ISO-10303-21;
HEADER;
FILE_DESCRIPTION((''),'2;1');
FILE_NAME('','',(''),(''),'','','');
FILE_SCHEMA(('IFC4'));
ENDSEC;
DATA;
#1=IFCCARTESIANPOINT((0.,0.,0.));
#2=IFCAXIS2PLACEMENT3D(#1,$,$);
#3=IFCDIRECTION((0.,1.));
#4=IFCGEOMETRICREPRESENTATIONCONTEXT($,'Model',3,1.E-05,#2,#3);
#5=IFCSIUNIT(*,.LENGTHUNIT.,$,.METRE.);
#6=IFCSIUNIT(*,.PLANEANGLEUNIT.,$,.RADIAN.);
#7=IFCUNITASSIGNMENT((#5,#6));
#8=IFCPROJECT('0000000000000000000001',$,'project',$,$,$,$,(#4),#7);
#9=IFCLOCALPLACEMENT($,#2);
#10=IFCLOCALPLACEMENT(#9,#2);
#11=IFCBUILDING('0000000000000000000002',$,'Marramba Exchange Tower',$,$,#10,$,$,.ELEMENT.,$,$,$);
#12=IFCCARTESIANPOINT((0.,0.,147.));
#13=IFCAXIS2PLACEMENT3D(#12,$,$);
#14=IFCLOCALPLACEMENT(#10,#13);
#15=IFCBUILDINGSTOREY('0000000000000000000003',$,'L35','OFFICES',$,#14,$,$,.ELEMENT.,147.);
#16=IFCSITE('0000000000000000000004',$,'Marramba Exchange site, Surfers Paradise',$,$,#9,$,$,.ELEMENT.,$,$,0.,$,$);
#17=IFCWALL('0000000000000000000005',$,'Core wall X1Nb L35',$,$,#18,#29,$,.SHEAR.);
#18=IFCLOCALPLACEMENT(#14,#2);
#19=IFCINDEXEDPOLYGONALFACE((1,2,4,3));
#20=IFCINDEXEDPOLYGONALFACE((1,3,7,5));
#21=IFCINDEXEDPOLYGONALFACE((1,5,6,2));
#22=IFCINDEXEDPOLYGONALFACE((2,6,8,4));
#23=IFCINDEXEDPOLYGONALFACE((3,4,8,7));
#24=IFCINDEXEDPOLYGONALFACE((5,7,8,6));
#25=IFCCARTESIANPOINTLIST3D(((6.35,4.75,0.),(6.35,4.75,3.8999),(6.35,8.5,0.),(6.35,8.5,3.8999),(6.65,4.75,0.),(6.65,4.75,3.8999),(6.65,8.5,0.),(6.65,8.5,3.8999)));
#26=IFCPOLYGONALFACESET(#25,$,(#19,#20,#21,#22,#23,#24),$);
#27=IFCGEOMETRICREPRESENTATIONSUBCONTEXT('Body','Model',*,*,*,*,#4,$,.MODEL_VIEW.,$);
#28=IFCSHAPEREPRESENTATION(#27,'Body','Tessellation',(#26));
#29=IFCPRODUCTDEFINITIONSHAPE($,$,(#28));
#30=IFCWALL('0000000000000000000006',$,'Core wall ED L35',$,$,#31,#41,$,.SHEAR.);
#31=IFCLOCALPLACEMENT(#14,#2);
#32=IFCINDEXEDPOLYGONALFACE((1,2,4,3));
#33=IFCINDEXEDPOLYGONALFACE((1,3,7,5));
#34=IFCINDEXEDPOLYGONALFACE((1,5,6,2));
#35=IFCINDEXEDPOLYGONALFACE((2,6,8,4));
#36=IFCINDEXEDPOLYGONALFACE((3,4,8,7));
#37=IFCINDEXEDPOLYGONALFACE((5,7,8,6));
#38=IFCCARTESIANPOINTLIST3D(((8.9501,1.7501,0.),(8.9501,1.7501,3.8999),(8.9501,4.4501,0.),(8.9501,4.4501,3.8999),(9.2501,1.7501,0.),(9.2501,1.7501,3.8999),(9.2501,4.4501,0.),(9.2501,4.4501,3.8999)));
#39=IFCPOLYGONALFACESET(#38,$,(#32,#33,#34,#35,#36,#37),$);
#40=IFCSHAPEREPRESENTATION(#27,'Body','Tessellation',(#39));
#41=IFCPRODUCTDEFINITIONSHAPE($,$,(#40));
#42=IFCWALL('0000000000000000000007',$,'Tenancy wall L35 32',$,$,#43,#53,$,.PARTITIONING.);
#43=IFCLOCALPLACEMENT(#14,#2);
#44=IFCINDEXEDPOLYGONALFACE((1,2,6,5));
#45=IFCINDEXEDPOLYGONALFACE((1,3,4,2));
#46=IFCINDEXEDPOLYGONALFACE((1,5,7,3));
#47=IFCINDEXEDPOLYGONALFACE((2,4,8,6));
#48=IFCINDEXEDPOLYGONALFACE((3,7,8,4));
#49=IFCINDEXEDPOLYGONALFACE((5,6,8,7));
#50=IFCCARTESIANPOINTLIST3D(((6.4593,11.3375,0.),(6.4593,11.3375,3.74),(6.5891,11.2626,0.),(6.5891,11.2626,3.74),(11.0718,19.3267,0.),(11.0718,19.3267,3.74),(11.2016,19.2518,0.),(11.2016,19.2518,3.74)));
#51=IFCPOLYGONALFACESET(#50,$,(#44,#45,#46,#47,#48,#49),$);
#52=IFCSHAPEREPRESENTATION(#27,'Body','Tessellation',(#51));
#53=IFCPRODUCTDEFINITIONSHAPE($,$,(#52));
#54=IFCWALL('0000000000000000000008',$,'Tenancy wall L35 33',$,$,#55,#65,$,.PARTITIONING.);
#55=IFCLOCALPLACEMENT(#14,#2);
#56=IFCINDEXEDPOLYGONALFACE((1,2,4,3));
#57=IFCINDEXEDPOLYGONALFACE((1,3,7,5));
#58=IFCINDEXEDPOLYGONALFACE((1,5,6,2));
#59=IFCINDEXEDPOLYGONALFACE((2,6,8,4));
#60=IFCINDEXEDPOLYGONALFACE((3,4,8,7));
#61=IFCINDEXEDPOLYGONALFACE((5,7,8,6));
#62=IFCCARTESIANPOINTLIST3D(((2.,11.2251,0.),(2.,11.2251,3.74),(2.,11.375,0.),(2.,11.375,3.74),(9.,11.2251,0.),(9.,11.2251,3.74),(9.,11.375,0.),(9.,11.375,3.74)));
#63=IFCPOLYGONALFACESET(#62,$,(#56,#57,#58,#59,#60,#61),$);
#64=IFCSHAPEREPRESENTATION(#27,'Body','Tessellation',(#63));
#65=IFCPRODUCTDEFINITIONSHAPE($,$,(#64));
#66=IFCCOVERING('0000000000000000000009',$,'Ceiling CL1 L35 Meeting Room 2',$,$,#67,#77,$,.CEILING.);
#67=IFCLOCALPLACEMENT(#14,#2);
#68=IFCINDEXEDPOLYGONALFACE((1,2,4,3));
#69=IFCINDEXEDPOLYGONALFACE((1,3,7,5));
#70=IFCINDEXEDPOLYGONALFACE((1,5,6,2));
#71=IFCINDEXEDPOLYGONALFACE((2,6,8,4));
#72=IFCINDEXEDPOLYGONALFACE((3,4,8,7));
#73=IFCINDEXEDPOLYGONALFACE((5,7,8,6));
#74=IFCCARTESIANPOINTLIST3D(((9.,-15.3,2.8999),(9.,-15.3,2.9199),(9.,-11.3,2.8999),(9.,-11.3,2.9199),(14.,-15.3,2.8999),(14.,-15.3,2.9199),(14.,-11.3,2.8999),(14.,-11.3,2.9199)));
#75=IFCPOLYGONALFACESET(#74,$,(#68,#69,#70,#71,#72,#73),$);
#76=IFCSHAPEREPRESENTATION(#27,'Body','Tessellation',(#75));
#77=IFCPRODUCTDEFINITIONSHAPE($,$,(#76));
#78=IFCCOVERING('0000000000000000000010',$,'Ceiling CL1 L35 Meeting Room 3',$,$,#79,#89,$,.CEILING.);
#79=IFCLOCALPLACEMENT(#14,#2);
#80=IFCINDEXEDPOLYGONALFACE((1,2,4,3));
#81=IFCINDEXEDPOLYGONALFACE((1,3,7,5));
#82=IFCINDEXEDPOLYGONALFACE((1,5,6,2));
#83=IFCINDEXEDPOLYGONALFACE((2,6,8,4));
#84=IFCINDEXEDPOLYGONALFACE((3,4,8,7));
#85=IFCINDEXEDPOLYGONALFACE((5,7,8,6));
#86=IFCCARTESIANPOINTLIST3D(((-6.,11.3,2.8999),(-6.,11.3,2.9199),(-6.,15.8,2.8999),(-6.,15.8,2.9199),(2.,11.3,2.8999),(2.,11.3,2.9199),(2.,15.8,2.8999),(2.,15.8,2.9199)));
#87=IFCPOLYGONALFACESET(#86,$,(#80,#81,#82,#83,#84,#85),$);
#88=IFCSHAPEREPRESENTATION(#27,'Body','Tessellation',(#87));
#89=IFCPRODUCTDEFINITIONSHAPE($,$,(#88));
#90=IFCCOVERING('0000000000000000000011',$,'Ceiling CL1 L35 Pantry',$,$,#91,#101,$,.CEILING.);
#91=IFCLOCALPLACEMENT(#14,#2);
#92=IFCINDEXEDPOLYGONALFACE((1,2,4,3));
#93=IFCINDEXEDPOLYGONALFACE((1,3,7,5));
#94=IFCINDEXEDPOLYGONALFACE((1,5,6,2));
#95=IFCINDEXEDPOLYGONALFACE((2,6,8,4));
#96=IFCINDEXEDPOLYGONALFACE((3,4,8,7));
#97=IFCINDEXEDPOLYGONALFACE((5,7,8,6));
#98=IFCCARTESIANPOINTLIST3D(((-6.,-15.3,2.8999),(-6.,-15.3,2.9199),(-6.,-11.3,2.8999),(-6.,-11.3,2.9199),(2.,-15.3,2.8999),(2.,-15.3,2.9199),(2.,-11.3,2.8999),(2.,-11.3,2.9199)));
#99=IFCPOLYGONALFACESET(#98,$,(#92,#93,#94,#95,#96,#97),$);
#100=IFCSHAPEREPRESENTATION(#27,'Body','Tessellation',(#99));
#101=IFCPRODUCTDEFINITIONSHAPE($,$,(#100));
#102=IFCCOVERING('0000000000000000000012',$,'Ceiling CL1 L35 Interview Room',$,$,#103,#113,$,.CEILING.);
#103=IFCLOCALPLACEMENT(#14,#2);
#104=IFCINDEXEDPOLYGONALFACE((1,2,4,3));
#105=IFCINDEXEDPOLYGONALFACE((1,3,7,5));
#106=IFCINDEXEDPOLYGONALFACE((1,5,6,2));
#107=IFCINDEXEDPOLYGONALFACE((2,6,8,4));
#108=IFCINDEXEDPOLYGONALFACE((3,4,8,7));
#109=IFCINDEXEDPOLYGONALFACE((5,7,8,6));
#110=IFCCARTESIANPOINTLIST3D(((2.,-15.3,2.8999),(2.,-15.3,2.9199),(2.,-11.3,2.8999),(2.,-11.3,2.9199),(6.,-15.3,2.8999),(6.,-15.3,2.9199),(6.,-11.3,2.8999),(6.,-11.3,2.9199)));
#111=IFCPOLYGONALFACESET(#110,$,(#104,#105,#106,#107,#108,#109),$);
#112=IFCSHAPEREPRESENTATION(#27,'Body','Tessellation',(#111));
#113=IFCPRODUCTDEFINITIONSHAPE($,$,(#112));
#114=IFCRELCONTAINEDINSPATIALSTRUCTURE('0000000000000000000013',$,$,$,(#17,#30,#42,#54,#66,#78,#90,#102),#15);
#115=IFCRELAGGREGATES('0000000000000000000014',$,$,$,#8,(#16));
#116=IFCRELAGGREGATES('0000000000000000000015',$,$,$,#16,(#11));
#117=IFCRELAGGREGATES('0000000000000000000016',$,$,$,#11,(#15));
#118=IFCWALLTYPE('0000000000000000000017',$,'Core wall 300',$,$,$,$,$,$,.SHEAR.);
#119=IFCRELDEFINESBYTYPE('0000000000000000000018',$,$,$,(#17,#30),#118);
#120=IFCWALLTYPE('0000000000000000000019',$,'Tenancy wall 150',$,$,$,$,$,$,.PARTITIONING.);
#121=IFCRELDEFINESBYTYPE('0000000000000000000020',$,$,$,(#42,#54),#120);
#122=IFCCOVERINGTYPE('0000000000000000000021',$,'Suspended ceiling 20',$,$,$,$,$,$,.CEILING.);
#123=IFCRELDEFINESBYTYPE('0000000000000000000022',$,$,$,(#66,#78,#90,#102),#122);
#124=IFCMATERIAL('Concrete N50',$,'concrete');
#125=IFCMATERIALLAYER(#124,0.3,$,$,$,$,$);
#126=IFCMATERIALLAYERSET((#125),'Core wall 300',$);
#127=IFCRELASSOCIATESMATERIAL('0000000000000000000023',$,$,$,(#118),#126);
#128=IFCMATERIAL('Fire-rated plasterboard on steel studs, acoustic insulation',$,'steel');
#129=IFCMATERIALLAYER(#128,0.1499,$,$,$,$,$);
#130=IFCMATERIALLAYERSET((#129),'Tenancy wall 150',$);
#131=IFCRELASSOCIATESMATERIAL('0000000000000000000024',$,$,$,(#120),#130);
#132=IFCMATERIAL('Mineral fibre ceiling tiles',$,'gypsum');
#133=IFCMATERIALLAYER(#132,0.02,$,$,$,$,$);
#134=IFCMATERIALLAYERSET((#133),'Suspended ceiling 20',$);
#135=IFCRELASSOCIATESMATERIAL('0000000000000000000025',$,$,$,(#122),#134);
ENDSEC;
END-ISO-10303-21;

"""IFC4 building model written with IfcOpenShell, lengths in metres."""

from ifc_helpers import new_model, si_unit, direction, frame, frame_2d, origin, place, context, subcontext, project, spatial, polyline, rectangle, outline, extrude, material, layer, layer_set, type_object, element, save


model = new_model("IFC4")

# Units and contexts
model_context = context("Model", 3, precision=1e-05, world=origin(), true_north=direction((0.0, 1.0)))
body_context = subcontext(model_context, "Body", "Model", "MODEL_VIEW")
ifc_project = project(units=[si_unit("LENGTHUNIT", "METRE"), si_unit("PLANEANGLEUNIT", "RADIAN")], contexts=[model_context])

# Site, building, storey
site_placement = place(None, origin())
site = spatial("IfcSite", under=ifc_project, at=site_placement, Name="Marramba Exchange site, Surfers Paradise", CompositionType="ELEMENT", RefElevation=0.0)
building_placement = place(site_placement, origin())
building = spatial("IfcBuilding", under=site, at=building_placement, Name="Marramba Exchange Tower", CompositionType="ELEMENT")
storey_placement = place(building_placement, frame((0.0, 0.0, 147.0)))
storey = spatial("IfcBuildingStorey", under=building, at=storey_placement, Name="L35", Description="OFFICES", CompositionType="ELEMENT", Elevation=147.0)

# Shared definitions
ifc_material_1 = material(Name="Concrete N50", Category="concrete")

# Walls
ifc_layer_1 = layer(ifc_material_1, 0.3)
ifc_layer_set_1 = layer_set([ifc_layer_1], Name="Core wall 300")
wall_type_1 = type_object("IfcWallType", Name="Core wall 300", PredefinedType="SHEAR", material=ifc_layer_set_1)
wall_1_placement = place(storey_placement, frame((6.5, 4.75, 0.0), z_axis=(0.0, 0.0, 1.0), x_axis=(0.0, 1.0, 0.0)))
element("IfcWall", 1, at=wall_1_placement, inside=storey, type_object=wall_type_1, Name="Core wall X1Nb L35", PredefinedType="SHEAR", context=body_context, shape_type="SweptSolid", body=[
    extrude(rectangle(XDim=3.75, YDim=0.3, at=frame_2d((1.875, 0.0))), origin(), (0.0, 0.0, 1.0), 3.8999),
])
wall_2_placement = place(storey_placement, frame((9.1001, 1.75, 0.0), z_axis=(0.0, 0.0, 1.0), x_axis=(0.0, 1.0, 0.0)))
element("IfcWall", 2, at=wall_2_placement, inside=storey, type_object=wall_type_1, Name="Core wall ED L35", PredefinedType="SHEAR", context=body_context, shape_type="SweptSolid", body=[
    extrude(rectangle(XDim=2.7, YDim=0.3, at=frame_2d((1.3501, 0.0))), origin(), (0.0, 0.0, 1.0), 3.8999),
])
ifc_material_2 = material(Name="Fire-rated plasterboard on steel studs, acoustic insulation", Category="steel")
ifc_layer_2 = layer(ifc_material_2, 0.1499)
ifc_layer_set_2 = layer_set([ifc_layer_2], Name="Tenancy wall 150")
wall_type_2 = type_object("IfcWallType", Name="Tenancy wall 150", PredefinedType="PARTITIONING", material=ifc_layer_set_2)
wall_3_placement = place(storey_placement, frame((6.5242, 11.3, 0.0), z_axis=(0.0, 0.0, 1.0), x_axis=(0.499996, 0.866028, 0.0)))
element("IfcWall", 3, at=wall_3_placement, inside=storey, type_object=wall_type_2, Name="Tenancy wall L35 32", PredefinedType="PARTITIONING", context=body_context, shape_type="SweptSolid", body=[
    extrude(rectangle(XDim=9.2251, YDim=0.1499, at=frame_2d((4.6125, 0.0))), origin(), (0.0, 0.0, 1.0), 3.74),
])
wall_4_placement = place(storey_placement, frame((9.0, 11.3, 0.0), z_axis=(0.0, 0.0, 1.0), x_axis=(-1.0, 0.0, 0.0)))
element("IfcWall", 4, at=wall_4_placement, inside=storey, type_object=wall_type_2, Name="Tenancy wall L35 33", PredefinedType="PARTITIONING", context=body_context, shape_type="SweptSolid", body=[
    extrude(rectangle(XDim=7.0, YDim=0.1499, at=frame_2d((3.5, 0.0))), origin(), (0.0, 0.0, 1.0), 3.74),
])

# Coverings
ifc_material_3 = material(Name="Mineral fibre ceiling tiles", Category="gypsum")
ifc_layer_3 = layer(ifc_material_3, 0.02)
ifc_layer_set_3 = layer_set([ifc_layer_3], Name="Suspended ceiling 20")
covering_type = type_object("IfcCoveringType", Name="Suspended ceiling 20", PredefinedType="CEILING", material=ifc_layer_set_3)
covering_1_placement = place(storey_placement, frame((0.0, 0.0, 2.8999)))
element("IfcCovering", 5, at=covering_1_placement, inside=storey, type_object=covering_type, Name="Ceiling CL1 L35 Meeting Room 2", PredefinedType="CEILING", context=body_context, shape_type="SweptSolid", body=[
    extrude(outline(polyline([(14.0, -15.3), (9.0, -15.3), (9.0, -11.3), (14.0, -11.3), (14.0, -15.3)])), origin(), (0.0, 0.0, 1.0), 0.02),
])
covering_2_placement = place(storey_placement, frame((0.0, 0.0, 2.8999)))
element("IfcCovering", 6, at=covering_2_placement, inside=storey, type_object=covering_type, Name="Ceiling CL1 L35 Meeting Room 3", PredefinedType="CEILING", context=body_context, shape_type="SweptSolid", body=[
    extrude(outline(polyline([(2.0, 11.3), (-6.0, 11.3), (-6.0, 15.8), (2.0, 15.8), (2.0, 11.3)])), origin(), (0.0, 0.0, 1.0), 0.02),
])
covering_3_placement = place(storey_placement, frame((0.0, 0.0, 2.8999)))
element("IfcCovering", 7, at=covering_3_placement, inside=storey, type_object=covering_type, Name="Ceiling CL1 L35 Pantry", PredefinedType="CEILING", context=body_context, shape_type="SweptSolid", body=[
    extrude(outline(polyline([(2.0, -15.3), (-6.0, -15.3), (-6.0, -11.3), (2.0, -11.3), (2.0, -15.3)])), origin(), (0.0, 0.0, 1.0), 0.02),
])
covering_4_placement = place(storey_placement, frame((0.0, 0.0, 2.8999)))
element("IfcCovering", 8, at=covering_4_placement, inside=storey, type_object=covering_type, Name="Ceiling CL1 L35 Interview Room", PredefinedType="CEILING", context=body_context, shape_type="SweptSolid", body=[
    extrude(outline(polyline([(6.0, -15.3), (2.0, -15.3), (2.0, -11.3), (6.0, -11.3), (6.0, -15.3)])), origin(), (0.0, 0.0, 1.0), 0.02),
])

save(model, "model.ifc")
